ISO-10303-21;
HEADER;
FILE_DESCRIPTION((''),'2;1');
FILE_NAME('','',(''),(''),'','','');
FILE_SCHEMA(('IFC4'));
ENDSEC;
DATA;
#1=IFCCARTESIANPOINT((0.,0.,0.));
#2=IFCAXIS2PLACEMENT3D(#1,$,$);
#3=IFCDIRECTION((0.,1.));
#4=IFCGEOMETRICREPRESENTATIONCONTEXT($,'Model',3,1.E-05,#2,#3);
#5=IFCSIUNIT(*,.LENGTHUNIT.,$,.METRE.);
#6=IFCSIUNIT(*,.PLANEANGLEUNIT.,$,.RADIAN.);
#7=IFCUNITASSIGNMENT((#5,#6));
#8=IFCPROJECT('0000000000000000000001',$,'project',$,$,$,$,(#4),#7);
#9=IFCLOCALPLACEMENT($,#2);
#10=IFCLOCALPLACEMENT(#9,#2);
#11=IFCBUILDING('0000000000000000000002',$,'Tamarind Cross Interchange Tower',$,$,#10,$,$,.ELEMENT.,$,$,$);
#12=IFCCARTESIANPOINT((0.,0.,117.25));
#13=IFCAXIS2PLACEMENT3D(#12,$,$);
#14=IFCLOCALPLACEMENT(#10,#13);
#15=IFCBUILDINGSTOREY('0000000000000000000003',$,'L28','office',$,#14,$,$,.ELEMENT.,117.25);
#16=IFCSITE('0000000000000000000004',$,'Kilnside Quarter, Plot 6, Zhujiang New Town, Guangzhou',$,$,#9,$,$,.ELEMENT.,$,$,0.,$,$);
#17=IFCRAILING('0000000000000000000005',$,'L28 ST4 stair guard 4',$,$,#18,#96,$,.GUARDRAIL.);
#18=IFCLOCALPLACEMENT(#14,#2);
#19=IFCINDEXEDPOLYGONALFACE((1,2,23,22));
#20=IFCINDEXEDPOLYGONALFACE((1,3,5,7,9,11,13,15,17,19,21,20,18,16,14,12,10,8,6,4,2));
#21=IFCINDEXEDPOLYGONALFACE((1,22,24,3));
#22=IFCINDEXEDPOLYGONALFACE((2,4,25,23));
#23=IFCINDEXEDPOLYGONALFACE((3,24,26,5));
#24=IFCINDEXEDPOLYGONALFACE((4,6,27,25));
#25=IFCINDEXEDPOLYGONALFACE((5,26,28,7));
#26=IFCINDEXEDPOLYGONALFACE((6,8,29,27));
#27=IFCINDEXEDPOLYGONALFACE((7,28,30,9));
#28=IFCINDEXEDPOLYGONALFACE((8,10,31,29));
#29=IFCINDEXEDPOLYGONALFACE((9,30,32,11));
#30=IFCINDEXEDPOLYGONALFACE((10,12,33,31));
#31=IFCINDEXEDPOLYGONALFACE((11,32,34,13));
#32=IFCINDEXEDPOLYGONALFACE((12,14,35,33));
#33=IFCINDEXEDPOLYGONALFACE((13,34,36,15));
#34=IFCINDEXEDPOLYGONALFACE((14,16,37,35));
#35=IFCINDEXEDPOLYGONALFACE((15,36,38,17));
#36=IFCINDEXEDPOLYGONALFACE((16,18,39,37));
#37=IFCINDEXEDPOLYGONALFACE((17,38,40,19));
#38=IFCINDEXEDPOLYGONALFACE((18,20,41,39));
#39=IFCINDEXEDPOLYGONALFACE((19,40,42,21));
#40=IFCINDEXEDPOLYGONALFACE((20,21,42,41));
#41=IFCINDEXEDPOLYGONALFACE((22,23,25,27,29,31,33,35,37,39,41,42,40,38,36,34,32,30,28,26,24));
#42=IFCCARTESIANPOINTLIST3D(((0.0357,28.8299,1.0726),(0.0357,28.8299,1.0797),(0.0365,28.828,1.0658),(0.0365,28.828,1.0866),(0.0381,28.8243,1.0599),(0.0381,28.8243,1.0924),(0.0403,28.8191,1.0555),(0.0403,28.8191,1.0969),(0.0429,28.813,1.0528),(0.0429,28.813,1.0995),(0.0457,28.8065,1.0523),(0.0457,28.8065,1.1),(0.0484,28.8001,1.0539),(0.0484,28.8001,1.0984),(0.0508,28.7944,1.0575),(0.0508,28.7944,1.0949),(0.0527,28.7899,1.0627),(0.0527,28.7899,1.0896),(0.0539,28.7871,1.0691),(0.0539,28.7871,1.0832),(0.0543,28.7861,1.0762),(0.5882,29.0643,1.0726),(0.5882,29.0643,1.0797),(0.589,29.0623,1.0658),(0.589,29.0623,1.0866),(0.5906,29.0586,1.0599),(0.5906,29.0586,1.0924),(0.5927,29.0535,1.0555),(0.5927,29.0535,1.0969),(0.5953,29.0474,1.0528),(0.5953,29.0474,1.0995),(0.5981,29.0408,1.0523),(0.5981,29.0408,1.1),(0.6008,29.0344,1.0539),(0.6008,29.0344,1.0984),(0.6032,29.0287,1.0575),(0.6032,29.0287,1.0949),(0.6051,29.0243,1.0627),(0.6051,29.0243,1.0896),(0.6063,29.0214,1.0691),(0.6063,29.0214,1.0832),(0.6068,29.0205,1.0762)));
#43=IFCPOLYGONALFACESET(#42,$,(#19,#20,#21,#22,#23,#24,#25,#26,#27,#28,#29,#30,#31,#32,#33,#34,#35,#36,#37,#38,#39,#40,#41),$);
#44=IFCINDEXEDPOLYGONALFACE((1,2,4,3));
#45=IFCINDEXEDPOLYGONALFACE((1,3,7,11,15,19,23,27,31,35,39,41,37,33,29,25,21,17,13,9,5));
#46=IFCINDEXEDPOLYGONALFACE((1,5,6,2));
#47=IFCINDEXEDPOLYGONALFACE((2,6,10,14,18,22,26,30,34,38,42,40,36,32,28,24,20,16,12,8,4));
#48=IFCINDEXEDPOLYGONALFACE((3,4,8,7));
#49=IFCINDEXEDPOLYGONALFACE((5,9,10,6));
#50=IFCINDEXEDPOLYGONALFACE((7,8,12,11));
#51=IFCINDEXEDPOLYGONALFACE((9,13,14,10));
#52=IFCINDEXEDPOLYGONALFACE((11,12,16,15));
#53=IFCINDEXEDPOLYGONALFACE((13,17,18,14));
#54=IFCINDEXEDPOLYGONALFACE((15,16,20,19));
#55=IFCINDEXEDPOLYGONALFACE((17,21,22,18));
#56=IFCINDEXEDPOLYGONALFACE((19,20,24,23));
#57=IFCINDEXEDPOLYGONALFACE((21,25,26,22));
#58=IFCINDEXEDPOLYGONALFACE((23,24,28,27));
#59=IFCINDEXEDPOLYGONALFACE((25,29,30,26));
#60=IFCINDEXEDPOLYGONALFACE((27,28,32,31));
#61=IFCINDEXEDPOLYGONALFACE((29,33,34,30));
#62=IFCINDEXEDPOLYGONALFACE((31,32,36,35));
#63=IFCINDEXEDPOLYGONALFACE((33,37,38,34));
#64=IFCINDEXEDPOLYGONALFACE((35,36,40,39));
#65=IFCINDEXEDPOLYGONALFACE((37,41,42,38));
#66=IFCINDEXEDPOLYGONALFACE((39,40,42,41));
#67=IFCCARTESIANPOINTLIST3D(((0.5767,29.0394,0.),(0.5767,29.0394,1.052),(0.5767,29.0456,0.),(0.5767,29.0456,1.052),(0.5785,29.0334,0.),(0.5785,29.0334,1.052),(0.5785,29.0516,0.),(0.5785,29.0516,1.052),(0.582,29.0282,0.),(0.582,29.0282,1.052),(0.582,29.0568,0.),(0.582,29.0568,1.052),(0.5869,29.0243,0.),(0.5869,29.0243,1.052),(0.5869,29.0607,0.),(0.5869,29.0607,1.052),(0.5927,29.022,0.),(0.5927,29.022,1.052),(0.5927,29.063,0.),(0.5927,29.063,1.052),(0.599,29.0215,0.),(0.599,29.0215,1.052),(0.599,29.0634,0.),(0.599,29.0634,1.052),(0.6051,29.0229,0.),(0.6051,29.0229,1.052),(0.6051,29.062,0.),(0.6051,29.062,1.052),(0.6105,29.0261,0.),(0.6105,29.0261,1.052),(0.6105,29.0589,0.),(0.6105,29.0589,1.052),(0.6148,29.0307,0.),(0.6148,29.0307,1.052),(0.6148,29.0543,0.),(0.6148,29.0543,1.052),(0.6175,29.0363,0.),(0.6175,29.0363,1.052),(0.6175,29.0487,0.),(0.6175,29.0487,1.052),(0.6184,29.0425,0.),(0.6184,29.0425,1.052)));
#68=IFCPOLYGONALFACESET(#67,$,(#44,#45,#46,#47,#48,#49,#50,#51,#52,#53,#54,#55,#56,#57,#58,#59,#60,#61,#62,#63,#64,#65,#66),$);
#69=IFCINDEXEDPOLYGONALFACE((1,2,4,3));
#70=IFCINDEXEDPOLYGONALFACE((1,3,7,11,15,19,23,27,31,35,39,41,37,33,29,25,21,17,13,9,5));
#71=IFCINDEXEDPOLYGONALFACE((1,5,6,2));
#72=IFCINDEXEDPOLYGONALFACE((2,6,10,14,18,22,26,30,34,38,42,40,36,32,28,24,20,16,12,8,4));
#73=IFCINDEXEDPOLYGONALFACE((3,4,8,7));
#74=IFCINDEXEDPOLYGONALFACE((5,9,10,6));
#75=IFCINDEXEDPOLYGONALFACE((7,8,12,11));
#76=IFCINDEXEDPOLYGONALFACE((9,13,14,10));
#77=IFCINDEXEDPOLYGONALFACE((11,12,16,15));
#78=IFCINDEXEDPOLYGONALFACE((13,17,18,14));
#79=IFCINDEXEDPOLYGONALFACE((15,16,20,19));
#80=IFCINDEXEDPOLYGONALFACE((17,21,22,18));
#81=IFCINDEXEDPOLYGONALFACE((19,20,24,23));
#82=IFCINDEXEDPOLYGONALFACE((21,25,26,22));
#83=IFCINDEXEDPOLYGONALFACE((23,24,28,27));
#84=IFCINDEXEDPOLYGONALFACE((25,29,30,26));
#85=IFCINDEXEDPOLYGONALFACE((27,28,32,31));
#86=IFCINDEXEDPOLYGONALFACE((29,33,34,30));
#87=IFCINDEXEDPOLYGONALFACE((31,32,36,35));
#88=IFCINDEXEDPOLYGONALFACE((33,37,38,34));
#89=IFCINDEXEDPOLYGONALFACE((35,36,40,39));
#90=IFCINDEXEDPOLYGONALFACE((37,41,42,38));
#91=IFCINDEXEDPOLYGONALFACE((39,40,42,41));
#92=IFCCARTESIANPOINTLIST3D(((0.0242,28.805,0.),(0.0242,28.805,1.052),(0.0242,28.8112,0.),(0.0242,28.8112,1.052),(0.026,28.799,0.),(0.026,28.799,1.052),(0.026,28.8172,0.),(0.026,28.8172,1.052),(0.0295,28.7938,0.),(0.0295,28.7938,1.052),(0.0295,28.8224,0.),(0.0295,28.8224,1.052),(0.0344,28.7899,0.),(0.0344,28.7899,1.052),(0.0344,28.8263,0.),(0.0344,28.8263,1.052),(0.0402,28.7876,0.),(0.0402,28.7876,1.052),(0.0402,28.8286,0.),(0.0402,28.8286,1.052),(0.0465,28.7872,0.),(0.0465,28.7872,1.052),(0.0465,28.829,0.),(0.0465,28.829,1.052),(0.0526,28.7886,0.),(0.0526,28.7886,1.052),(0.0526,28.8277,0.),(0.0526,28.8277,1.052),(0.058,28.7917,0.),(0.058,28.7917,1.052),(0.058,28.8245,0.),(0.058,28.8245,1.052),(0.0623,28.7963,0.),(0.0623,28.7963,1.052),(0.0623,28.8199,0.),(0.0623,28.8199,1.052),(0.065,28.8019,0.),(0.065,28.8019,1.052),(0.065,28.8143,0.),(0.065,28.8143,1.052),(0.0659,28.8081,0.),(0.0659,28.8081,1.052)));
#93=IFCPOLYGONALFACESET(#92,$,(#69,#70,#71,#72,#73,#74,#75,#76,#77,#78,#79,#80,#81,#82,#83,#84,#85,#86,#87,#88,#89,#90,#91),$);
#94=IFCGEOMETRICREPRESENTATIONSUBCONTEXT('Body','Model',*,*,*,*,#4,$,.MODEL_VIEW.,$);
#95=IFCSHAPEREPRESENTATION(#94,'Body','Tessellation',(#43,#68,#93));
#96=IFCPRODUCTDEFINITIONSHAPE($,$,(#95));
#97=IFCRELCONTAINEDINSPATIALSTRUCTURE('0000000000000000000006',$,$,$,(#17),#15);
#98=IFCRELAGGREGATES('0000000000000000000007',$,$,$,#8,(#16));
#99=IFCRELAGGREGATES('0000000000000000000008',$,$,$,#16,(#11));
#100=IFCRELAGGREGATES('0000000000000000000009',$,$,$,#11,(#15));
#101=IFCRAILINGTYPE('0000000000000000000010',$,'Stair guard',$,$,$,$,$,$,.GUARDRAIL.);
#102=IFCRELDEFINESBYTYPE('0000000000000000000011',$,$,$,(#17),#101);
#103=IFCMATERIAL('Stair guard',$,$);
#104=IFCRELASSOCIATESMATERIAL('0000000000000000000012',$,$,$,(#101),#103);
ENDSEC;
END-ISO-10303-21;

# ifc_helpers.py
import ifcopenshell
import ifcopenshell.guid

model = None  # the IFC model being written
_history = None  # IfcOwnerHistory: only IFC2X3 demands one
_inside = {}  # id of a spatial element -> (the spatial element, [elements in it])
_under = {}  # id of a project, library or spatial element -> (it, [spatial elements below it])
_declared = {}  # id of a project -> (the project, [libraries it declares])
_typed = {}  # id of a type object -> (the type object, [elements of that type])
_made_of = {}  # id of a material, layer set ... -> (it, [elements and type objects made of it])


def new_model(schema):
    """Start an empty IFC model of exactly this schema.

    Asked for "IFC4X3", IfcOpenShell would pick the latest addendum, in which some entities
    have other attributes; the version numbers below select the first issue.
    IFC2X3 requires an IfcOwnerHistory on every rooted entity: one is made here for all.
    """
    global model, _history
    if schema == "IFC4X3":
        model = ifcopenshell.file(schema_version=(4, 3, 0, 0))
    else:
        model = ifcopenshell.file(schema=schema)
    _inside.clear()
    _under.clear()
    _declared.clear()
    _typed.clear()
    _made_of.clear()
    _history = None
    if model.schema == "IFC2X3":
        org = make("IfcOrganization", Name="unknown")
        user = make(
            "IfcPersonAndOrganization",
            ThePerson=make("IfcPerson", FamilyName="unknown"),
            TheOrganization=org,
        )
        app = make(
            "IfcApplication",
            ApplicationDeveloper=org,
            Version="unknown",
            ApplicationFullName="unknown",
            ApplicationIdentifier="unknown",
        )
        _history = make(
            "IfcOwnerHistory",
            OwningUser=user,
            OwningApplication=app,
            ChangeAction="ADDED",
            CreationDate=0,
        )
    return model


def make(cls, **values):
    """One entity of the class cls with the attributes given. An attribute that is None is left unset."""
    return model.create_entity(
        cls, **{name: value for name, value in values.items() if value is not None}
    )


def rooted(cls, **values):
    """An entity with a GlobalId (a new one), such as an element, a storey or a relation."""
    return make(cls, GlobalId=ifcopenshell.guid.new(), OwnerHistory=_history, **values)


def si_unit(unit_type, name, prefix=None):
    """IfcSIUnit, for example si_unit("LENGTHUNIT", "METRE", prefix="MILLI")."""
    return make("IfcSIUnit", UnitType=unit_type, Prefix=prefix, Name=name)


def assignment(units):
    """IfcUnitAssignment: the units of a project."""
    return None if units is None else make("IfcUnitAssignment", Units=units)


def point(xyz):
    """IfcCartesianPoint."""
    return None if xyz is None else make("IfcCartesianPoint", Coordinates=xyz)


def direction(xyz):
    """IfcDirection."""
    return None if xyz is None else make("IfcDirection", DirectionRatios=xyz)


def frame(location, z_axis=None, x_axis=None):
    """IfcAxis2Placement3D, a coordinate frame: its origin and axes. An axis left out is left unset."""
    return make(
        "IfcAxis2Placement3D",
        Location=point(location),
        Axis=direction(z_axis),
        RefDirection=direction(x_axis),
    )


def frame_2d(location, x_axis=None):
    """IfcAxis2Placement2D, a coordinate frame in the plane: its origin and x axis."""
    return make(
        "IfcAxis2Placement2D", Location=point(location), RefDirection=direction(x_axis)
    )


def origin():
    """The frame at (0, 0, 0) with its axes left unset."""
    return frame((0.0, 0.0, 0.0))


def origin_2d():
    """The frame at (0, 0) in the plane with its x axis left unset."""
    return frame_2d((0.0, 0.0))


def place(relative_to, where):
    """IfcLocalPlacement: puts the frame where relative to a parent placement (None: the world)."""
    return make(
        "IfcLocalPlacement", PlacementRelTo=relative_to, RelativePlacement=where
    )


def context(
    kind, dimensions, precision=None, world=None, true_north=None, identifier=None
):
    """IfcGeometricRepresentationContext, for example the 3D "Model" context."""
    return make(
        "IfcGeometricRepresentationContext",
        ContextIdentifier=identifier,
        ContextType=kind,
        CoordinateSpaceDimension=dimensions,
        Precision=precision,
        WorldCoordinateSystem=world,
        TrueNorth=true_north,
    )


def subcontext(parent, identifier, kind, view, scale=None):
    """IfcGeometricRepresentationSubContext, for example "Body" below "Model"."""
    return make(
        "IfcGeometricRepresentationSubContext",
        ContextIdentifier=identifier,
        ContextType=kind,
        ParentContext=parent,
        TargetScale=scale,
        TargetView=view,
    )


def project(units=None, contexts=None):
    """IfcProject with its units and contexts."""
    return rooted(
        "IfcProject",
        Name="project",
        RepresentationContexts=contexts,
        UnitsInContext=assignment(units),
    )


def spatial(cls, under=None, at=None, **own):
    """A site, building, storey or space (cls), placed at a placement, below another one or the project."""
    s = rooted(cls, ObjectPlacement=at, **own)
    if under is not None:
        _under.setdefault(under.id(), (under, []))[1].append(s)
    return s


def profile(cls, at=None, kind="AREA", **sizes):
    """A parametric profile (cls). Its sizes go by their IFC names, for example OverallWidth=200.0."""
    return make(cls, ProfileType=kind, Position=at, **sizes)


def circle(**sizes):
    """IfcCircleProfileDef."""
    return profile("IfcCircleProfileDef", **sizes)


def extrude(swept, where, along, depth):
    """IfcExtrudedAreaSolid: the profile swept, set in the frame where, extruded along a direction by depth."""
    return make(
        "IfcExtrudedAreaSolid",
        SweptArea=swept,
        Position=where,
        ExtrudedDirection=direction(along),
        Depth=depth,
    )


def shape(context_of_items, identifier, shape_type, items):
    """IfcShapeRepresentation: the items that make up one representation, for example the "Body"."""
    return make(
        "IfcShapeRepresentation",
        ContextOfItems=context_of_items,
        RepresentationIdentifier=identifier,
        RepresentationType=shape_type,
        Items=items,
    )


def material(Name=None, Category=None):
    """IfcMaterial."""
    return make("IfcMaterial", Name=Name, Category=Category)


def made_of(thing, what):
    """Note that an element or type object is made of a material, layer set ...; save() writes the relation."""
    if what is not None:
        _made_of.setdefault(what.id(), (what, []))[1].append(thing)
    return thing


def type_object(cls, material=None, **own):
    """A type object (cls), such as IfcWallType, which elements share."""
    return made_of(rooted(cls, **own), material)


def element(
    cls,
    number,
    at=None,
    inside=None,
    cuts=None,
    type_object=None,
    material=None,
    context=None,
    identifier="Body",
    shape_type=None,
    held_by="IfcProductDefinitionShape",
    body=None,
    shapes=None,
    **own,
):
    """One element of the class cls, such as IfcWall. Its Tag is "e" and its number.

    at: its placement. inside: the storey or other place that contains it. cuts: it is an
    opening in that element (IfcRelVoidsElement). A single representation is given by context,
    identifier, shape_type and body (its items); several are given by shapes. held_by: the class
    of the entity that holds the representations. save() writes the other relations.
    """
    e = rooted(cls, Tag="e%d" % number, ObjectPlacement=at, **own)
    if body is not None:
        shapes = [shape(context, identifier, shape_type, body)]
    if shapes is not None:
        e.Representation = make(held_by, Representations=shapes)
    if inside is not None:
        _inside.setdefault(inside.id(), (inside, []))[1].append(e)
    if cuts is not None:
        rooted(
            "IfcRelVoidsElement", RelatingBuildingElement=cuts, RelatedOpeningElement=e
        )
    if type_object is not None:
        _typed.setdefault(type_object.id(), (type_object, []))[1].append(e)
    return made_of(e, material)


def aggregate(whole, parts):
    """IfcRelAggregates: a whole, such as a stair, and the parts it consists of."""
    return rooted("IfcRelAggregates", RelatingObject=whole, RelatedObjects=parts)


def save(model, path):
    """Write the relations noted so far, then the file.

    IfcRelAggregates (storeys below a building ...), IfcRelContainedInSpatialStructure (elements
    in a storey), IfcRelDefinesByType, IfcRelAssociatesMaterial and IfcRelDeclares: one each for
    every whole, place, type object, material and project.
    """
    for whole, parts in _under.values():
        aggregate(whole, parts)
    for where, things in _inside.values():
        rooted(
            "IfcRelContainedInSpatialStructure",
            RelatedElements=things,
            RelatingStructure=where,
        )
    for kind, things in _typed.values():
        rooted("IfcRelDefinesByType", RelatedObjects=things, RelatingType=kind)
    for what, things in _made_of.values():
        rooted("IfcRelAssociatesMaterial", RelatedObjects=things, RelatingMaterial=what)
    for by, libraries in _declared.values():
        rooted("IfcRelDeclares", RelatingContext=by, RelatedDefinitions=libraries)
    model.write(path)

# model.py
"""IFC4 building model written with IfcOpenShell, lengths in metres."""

from ifc_helpers import new_model, si_unit, direction, frame, origin, origin_2d, place, context, subcontext, project, spatial, circle, extrude, material, type_object, element, save


model = new_model("IFC4")

# Units and contexts
model_context = context("Model", 3, precision=1e-05, world=origin(), true_north=direction((0.0, 1.0)))
body_context = subcontext(model_context, "Body", "Model", "MODEL_VIEW")
ifc_project = project(units=[si_unit("LENGTHUNIT", "METRE"), si_unit("PLANEANGLEUNIT", "RADIAN")], contexts=[model_context])

# Site, building, storey
site_placement = place(None, origin())
site = spatial("IfcSite", under=ifc_project, at=site_placement, Name="Kilnside Quarter, Plot 6, Zhujiang New Town, Guangzhou", CompositionType="ELEMENT", RefElevation=0.0)
building_placement = place(site_placement, origin())
building = spatial("IfcBuilding", under=site, at=building_placement, Name="Tamarind Cross Interchange Tower", CompositionType="ELEMENT")
storey_placement = place(building_placement, frame((0.0, 0.0, 117.25)))
storey = spatial("IfcBuildingStorey", under=building, at=storey_placement, Name="L28", Description="office", CompositionType="ELEMENT", Elevation=117.25)

# Railing
ifc_material_1 = material(Name="Stair guard")
railing_type_1 = type_object("IfcRailingType", Name="Stair guard", PredefinedType="GUARDRAIL", material=ifc_material_1)
railing_1_placement = place(storey_placement, frame((0.5974, 29.0425, 0.0)))
element("IfcRailing", 1, at=railing_1_placement, inside=storey, type_object=railing_type_1, Name="L28 ST4 stair guard 4", PredefinedType="GUARDRAIL", context=body_context, shape_type="SweptSolid", body=[
    extrude(circle(Radius=0.0239, at=origin_2d()), frame((0.0, 0.0, 1.0762), z_axis=(-0.920591, -0.390529, 0.0), x_axis=(0.390529, -0.920591, 0.0)), (0.0, 0.0, 1.0), 0.6001),
    extrude(circle(Radius=0.021, at=origin_2d()), origin(), (0.0, 0.0, 1.0), 1.052),
    extrude(circle(Radius=0.021, at=origin_2d()), frame((-0.5525, -0.2344, 0.0)), (0.0, 0.0, 1.0), 1.052),
])

save(model, "model.ifc")
